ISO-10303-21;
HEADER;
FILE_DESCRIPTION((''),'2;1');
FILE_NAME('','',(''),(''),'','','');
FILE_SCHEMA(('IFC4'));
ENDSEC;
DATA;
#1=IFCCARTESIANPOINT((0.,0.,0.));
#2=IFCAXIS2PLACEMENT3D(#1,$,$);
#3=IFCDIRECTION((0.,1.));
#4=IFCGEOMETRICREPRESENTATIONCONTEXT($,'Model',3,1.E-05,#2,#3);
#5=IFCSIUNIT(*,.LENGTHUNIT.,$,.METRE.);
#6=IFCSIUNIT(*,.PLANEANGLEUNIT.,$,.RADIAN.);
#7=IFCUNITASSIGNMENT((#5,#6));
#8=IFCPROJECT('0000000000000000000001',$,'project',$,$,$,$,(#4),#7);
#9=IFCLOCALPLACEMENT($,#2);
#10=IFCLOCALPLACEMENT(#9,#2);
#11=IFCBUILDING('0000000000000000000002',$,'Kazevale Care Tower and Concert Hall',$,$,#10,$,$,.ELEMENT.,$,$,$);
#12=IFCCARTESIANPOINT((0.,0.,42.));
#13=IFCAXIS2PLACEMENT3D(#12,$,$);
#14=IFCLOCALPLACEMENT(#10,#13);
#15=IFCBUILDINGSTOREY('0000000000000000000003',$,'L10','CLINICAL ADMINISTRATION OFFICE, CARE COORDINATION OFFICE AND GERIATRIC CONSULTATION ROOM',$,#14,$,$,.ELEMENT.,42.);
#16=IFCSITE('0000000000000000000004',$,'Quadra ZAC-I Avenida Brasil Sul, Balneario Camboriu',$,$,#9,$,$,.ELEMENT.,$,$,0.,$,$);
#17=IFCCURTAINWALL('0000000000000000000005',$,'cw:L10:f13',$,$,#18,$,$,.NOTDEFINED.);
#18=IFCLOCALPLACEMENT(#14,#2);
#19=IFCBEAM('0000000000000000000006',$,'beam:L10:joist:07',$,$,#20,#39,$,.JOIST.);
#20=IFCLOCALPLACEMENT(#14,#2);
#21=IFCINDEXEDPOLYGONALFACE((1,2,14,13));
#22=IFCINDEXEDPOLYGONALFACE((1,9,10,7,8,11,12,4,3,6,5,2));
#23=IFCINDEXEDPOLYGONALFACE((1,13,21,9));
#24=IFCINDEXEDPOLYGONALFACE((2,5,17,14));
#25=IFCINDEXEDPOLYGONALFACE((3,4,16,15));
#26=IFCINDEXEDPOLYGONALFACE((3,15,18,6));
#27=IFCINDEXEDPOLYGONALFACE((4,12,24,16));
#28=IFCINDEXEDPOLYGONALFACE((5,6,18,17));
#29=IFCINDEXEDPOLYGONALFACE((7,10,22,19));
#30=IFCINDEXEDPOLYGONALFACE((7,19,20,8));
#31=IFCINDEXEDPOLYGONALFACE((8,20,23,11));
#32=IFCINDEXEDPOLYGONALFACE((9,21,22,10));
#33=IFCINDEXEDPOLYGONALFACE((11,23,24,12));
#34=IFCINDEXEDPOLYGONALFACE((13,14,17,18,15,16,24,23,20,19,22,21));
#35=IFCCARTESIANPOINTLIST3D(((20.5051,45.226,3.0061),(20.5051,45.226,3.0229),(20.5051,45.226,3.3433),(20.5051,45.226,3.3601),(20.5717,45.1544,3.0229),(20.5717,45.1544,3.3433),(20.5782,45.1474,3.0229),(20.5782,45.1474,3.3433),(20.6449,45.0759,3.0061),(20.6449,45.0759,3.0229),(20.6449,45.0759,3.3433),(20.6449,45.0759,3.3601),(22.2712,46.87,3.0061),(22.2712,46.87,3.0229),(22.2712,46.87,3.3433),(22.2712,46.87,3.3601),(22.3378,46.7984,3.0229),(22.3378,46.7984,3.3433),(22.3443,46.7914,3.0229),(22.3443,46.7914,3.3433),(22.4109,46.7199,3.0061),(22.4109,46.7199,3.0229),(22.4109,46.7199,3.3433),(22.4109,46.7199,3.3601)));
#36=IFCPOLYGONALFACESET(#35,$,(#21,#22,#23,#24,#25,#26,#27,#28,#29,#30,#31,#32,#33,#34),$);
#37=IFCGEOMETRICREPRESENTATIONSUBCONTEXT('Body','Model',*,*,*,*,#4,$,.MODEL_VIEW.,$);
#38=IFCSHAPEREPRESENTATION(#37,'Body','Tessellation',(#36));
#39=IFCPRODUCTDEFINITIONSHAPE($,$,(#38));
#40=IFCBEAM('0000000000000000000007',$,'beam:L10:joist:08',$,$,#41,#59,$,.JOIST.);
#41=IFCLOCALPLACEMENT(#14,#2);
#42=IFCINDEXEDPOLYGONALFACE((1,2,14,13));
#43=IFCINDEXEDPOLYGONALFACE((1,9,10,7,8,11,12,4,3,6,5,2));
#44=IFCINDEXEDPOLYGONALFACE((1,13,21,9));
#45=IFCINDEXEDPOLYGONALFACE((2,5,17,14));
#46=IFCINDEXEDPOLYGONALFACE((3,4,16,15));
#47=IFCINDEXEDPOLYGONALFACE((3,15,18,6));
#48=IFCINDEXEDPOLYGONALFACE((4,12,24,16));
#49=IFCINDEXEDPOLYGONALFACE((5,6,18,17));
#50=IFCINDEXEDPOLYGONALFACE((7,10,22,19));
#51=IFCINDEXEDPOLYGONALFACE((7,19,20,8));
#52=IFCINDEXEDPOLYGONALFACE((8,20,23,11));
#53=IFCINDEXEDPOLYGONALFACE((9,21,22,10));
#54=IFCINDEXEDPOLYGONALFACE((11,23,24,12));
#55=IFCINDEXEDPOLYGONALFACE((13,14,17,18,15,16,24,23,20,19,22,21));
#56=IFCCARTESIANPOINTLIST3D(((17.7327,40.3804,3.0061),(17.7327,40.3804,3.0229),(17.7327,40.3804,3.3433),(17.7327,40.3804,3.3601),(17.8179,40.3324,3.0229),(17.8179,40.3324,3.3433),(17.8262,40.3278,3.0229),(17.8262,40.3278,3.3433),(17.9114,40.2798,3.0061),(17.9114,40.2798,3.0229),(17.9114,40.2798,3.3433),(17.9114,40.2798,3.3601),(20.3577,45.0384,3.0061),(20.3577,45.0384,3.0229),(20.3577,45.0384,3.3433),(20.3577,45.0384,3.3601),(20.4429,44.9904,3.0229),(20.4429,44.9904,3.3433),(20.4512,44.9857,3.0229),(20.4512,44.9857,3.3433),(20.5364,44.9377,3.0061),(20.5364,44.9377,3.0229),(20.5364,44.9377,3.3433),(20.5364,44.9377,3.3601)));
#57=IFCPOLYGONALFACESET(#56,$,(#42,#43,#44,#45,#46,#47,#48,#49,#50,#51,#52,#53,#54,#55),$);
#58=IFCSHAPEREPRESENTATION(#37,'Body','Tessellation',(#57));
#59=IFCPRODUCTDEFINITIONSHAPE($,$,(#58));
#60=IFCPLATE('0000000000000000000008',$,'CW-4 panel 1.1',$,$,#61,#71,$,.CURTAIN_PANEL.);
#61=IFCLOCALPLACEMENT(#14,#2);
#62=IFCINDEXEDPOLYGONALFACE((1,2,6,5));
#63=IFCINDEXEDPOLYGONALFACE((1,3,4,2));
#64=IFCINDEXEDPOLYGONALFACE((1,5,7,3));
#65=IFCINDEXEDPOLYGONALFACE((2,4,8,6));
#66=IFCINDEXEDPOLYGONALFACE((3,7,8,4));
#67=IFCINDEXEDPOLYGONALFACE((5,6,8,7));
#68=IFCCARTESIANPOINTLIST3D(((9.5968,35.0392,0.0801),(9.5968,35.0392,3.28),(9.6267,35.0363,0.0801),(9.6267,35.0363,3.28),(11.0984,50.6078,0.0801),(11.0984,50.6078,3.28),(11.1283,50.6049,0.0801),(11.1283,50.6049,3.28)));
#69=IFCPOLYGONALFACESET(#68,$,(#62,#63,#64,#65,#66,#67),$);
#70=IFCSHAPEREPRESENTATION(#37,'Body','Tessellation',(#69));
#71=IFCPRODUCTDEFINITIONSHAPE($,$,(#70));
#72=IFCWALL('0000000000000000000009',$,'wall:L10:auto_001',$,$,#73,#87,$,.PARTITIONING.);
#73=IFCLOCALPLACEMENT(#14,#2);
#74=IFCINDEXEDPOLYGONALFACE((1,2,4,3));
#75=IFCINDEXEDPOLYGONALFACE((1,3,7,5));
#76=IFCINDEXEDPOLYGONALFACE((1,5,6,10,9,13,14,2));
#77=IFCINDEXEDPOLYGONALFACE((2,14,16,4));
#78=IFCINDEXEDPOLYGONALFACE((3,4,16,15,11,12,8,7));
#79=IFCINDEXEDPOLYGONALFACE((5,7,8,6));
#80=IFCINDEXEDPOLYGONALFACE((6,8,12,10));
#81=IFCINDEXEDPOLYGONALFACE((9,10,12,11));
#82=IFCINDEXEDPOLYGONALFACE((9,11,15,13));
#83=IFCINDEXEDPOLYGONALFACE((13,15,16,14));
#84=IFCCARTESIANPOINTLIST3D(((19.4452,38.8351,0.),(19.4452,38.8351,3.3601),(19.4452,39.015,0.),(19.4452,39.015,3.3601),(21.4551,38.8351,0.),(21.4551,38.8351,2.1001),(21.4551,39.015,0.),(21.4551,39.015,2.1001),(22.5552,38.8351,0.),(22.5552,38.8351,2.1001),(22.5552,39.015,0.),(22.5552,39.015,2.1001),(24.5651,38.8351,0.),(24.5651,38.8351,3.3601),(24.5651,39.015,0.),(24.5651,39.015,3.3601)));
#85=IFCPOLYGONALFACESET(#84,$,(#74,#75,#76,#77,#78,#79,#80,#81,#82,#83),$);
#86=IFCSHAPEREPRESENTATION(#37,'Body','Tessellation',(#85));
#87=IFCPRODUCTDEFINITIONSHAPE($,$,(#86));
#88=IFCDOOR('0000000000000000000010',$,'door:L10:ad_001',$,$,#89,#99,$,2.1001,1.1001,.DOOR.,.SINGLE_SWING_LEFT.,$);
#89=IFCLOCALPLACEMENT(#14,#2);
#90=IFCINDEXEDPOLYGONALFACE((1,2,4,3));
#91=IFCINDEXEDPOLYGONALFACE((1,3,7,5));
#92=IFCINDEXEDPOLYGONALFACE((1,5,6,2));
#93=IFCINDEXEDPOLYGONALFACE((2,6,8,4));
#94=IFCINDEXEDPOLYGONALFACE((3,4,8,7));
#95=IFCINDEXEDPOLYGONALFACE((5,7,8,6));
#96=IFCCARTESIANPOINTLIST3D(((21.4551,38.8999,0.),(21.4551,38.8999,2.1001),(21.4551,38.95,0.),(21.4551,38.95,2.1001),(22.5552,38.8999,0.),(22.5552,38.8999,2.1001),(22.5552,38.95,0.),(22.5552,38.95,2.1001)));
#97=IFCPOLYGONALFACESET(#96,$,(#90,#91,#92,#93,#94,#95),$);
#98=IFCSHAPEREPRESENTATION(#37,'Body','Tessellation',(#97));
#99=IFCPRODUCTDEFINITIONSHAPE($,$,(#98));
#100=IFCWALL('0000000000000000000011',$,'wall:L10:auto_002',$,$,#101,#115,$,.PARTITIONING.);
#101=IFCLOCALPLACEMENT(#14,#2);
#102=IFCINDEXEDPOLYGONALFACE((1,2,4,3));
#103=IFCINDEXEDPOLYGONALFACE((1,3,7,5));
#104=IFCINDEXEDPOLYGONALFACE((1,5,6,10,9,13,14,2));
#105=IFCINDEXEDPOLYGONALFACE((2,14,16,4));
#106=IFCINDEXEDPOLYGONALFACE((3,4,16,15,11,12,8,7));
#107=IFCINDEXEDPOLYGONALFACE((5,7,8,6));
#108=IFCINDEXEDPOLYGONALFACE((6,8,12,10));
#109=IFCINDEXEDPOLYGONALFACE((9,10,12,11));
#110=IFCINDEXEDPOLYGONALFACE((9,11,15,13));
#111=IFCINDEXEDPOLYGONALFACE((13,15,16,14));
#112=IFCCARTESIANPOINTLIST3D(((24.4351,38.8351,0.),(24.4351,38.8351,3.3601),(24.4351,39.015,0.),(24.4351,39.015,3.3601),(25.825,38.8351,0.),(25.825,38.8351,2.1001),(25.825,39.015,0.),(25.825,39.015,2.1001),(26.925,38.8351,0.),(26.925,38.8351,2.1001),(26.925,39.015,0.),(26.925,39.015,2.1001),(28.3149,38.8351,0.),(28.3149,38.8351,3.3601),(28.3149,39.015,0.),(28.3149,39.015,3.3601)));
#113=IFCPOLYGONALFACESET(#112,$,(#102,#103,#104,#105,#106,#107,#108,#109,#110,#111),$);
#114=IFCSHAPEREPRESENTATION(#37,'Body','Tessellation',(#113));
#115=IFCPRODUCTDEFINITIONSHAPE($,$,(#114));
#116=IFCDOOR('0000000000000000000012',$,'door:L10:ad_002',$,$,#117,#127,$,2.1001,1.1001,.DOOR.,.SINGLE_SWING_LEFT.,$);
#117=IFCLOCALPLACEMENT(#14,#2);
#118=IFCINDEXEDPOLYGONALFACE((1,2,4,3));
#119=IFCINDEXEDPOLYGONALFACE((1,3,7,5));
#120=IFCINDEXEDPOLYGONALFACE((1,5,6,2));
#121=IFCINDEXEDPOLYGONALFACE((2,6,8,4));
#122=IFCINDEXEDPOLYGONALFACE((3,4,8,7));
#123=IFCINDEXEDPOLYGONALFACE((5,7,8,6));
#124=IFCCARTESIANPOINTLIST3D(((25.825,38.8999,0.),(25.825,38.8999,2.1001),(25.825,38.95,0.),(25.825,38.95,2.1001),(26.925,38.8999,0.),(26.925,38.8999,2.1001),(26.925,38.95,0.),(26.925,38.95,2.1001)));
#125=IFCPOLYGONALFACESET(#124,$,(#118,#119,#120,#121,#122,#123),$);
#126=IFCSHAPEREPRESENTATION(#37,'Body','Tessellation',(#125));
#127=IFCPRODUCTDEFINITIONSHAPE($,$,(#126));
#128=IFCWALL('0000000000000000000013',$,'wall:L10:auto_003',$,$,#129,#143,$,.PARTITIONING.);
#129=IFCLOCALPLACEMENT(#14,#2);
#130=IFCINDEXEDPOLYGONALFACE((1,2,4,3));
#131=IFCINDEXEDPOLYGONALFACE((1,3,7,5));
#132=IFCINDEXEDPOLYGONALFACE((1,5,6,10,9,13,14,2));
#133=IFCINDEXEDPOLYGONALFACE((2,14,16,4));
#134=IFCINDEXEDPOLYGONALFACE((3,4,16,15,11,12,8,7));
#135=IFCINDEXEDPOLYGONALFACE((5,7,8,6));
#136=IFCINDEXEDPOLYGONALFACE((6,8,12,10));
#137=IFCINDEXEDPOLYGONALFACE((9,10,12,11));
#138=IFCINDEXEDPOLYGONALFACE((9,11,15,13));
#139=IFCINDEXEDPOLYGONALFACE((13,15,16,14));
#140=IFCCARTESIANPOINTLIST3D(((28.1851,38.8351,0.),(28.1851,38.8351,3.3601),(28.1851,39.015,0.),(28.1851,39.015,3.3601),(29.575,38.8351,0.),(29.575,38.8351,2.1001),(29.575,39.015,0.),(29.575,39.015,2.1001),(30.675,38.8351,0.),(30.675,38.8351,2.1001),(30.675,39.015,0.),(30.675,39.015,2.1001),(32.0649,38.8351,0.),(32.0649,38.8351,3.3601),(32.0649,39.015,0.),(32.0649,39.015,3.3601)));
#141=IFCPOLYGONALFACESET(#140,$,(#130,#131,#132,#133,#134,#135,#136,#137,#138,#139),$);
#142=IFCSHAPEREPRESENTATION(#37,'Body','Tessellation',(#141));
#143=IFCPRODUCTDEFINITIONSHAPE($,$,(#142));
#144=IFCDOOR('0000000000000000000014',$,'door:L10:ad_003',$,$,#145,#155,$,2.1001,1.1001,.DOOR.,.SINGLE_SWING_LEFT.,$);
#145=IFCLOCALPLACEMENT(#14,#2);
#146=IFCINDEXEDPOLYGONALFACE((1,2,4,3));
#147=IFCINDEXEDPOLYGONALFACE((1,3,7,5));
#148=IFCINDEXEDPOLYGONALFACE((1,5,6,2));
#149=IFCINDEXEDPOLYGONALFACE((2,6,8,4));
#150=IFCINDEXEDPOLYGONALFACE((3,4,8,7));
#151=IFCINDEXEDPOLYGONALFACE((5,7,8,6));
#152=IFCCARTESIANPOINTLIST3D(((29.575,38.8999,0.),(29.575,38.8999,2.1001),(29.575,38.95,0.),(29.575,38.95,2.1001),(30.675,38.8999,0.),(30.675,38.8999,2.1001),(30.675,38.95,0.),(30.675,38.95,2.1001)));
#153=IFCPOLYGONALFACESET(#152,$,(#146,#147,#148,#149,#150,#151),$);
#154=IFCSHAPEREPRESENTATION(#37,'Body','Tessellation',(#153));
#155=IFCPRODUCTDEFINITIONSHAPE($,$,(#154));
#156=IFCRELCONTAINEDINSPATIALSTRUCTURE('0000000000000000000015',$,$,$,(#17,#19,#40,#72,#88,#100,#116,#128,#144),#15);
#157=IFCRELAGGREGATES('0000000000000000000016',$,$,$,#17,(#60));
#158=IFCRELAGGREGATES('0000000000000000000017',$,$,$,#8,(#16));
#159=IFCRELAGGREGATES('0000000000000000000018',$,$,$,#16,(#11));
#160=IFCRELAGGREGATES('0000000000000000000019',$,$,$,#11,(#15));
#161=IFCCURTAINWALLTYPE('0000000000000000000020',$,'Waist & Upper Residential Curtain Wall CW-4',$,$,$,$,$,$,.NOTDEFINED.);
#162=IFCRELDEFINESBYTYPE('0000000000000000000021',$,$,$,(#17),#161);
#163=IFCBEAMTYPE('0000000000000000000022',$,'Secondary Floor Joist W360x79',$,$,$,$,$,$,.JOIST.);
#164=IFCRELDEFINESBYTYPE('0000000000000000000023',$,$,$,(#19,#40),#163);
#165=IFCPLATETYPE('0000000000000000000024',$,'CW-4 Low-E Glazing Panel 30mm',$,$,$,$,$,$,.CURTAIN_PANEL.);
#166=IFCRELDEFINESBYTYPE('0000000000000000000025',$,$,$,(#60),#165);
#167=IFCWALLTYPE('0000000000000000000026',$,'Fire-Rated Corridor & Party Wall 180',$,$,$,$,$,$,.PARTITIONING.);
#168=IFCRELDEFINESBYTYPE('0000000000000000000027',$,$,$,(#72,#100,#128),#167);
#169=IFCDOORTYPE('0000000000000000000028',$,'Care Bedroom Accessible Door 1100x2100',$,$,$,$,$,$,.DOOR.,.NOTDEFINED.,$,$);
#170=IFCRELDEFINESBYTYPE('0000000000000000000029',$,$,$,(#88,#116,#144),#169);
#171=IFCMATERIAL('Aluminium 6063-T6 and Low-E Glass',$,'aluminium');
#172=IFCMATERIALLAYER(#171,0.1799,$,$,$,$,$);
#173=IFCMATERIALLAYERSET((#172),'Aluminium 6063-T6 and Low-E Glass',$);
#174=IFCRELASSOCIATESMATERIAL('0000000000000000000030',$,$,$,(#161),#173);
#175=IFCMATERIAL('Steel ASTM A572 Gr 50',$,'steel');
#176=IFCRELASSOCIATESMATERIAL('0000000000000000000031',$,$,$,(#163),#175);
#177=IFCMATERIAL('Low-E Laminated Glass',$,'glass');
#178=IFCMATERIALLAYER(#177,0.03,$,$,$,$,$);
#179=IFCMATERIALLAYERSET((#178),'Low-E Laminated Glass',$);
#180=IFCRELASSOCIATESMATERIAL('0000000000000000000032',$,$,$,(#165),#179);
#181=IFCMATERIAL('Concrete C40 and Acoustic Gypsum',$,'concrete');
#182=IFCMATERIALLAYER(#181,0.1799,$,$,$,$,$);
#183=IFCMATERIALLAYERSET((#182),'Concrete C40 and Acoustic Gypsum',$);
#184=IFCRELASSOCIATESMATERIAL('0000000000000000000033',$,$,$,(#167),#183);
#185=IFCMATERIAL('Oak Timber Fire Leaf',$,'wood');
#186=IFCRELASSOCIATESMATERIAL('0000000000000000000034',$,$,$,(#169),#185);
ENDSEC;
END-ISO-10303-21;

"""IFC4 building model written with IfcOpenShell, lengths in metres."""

from ifc_helpers import new_model, si_unit, direction, frame, frame_2d, origin, origin_2d, place, context, subcontext, project, spatial, rectangle, i_section, extrude, material, layer, layer_set, material_profile, profile_set, type_object, element, fill, aggregate, save


model = new_model("IFC4")

# Units and contexts
model_context = context("Model", 3, precision=1e-05, world=origin(), true_north=direction((0.0, 1.0)))
body_context = subcontext(model_context, "Body", "Model", "MODEL_VIEW")
ifc_project = project(units=[si_unit("LENGTHUNIT", "METRE"), si_unit("PLANEANGLEUNIT", "RADIAN")], contexts=[model_context])

# Site, building, storey
site_placement = place(None, origin())
site = spatial("IfcSite", under=ifc_project, at=site_placement, Name="Quadra ZAC-I Avenida Brasil Sul, Balneario Camboriu", CompositionType="ELEMENT", RefElevation=0.0)
building_placement = place(site_placement, origin())
building = spatial("IfcBuilding", under=site, at=building_placement, Name="Kazevale Care Tower and Concert Hall", CompositionType="ELEMENT")
storey_placement = place(building_placement, frame((0.0, 0.0, 42.0)))
storey = spatial("IfcBuildingStorey", under=building, at=storey_placement, Name="L10", Description="CLINICAL ADMINISTRATION OFFICE, CARE COORDINATION OFFICE AND GERIATRIC CONSULTATION ROOM", CompositionType="ELEMENT", Elevation=42.0)

# Curtain wall
ifc_material_1 = material(Name="Aluminium 6063-T6 and Low-E Glass", Category="aluminium")
ifc_layer_1 = layer(ifc_material_1, 0.1799)
ifc_layer_set_1 = layer_set([ifc_layer_1], Name="Aluminium 6063-T6 and Low-E Glass")
curtain_wall_type = type_object("IfcCurtainWallType", Name="Waist & Upper Residential Curtain Wall CW-4", PredefinedType="NOTDEFINED", material=ifc_layer_set_1)
curtain_wall_placement = place(storey_placement, origin())
curtain_wall = element("IfcCurtainWall", 1, at=curtain_wall_placement, inside=storey, type_object=curtain_wall_type, Name="cw:L10:f13", PredefinedType="NOTDEFINED")

# Beams
ifc_material_2 = material(Name="Steel ASTM A572 Gr 50", Category="steel")
ifc_material_profile_1 = material_profile(ifc_material_2, i_section(OverallWidth=0.2051, OverallDepth=0.354, WebThickness=0.0095, FlangeThickness=0.0168, at=origin_2d()), Name="W360x79")
ifc_profile_set_1 = profile_set([ifc_material_profile_1], Name="Steel ASTM A572 Gr 50")
beam_type_1 = type_object("IfcBeamType", Name="Secondary Floor Joist W360x79", PredefinedType="JOIST", material=ifc_profile_set_1)
beam_1_placement = place(storey_placement, frame((22.3411, 46.7949, 3.1831), z_axis=(-0.73195, -0.681359, 0.0), x_axis=(0.681359, -0.73195, 0.0)))
element("IfcBeam", 2, at=beam_1_placement, inside=storey, type_object=beam_type_1, Name="beam:L10:joist:07", PredefinedType="JOIST", context=body_context, shape_type="SweptSolid", body=[
    extrude(i_section(OverallWidth=0.2051, OverallDepth=0.354, WebThickness=0.0095, FlangeThickness=0.0168, at=origin_2d()), origin(), (0.0, 0.0, 1.0), 2.4128),
])
beam_2_placement = place(storey_placement, frame((20.447, 44.988, 3.1831), z_axis=(-0.490957, -0.871184, 0.0), x_axis=(0.871184, -0.490957, 0.0)))
element("IfcBeam", 3, at=beam_2_placement, inside=storey, type_object=beam_type_1, Name="beam:L10:joist:08", PredefinedType="JOIST", context=body_context, shape_type="SweptSolid", body=[
    extrude(i_section(OverallWidth=0.2051, OverallDepth=0.354, WebThickness=0.0095, FlangeThickness=0.0168, at=origin_2d()), origin(), (0.0, 0.0, 1.0), 5.3467),
])

# Plate
ifc_material_3 = material(Name="Low-E Laminated Glass", Category="glass")
ifc_layer_2 = layer(ifc_material_3, 0.03)
ifc_layer_set_2 = layer_set([ifc_layer_2], Name="Low-E Laminated Glass")
plate_type = type_object("IfcPlateType", Name="CW-4 Low-E Glazing Panel 30mm", PredefinedType="CURTAIN_PANEL", material=ifc_layer_set_2)
plate_placement = place(storey_placement, frame((10.3625, 42.822, 0.0801), z_axis=(0.0, 0.0, 1.0), x_axis=(0.096007, 0.995381, 0.0)))
plate = element("IfcPlate", 4, at=plate_placement, type_object=plate_type, Name="CW-4 panel 1.1", PredefinedType="CURTAIN_PANEL", context=body_context, shape_type="SweptSolid", body=[
    extrude(rectangle(XDim=15.6409, YDim=0.03, at=origin_2d()), origin(), (0.0, 0.0, 1.0), 3.2),
])
aggregate(curtain_wall, [plate])

# Walls, openings, doors
ifc_material_4 = material(Name="Concrete C40 and Acoustic Gypsum", Category="concrete")
ifc_layer_3 = layer(ifc_material_4, 0.1799)
ifc_layer_set_3 = layer_set([ifc_layer_3], Name="Concrete C40 and Acoustic Gypsum")
wall_type = type_object("IfcWallType", Name="Fire-Rated Corridor & Party Wall 180", PredefinedType="PARTITIONING", material=ifc_layer_set_3)
wall_1_placement = place(storey_placement, frame((19.4451, 38.925, 0.0), z_axis=(0.0, 0.0, 1.0), x_axis=(1.0, 0.0, 0.0)))
wall_1 = element("IfcWall", 5, at=wall_1_placement, inside=storey, type_object=wall_type, Name="wall:L10:auto_001", PredefinedType="PARTITIONING", context=body_context, shape_type="SweptSolid", body=[
    extrude(rectangle(XDim=5.1199, YDim=0.1799, at=frame_2d((2.5601, 0.0))), origin(), (0.0, 0.0, 1.0), 3.3601),
])
opening_1_placement = place(wall_1_placement, frame((2.01, 0.0, 0.0)))
opening_1 = element("IfcOpeningElement", 6, at=opening_1_placement, cuts=wall_1, PredefinedType="OPENING", context=body_context, shape_type="SweptSolid", body=[
    extrude(rectangle(XDim=1.1001, YDim=2.1001, at=frame_2d((0.55, 1.05))), frame((0.0, 0.0999, 0.0), z_axis=(0.0, -1.0, 0.0), x_axis=(1.0, 0.0, 0.0)), (0.0, 0.0, 1.0), 0.2),
])
ifc_material_5 = material(Name="Oak Timber Fire Leaf", Category="wood")
door_type = type_object("IfcDoorType", Name="Care Bedroom Accessible Door 1100x2100", OperationType="NOTDEFINED", PredefinedType="DOOR", material=ifc_material_5)
door_1_placement = place(opening_1_placement, origin())
door_1 = element("IfcDoor", 7, at=door_1_placement, inside=storey, type_object=door_type, Name="door:L10:ad_001", OperationType="SINGLE_SWING_LEFT", OverallHeight=2.1001, OverallWidth=1.1001, PredefinedType="DOOR", context=body_context, shape_type="SweptSolid", body=[
    extrude(rectangle(XDim=1.1001, YDim=2.1001, at=frame_2d((0.55, 1.05))), frame((0.0, 0.0249, 0.0), z_axis=(0.0, -1.0, 0.0), x_axis=(1.0, 0.0, 0.0)), (0.0, 0.0, 1.0), 0.05),
])
fill(opening_1, door_1)
wall_2_placement = place(storey_placement, frame((24.4351, 38.925, 0.0), z_axis=(0.0, 0.0, 1.0), x_axis=(1.0, 0.0, 0.0)))
wall_2 = element("IfcWall", 8, at=wall_2_placement, inside=storey, type_object=wall_type, Name="wall:L10:auto_002", PredefinedType="PARTITIONING", context=body_context, shape_type="SweptSolid", body=[
    extrude(rectangle(XDim=3.8799, YDim=0.1799, at=frame_2d((1.9399, 0.0))), origin(), (0.0, 0.0, 1.0), 3.3601),
])
opening_2_placement = place(wall_2_placement, frame((1.3899, 0.0, 0.0)))
opening_2 = element("IfcOpeningElement", 9, at=opening_2_placement, cuts=wall_2, PredefinedType="OPENING", context=body_context, shape_type="SweptSolid", body=[
    extrude(rectangle(XDim=1.1001, YDim=2.1001, at=frame_2d((0.55, 1.05))), frame((0.0, 0.0999, 0.0), z_axis=(0.0, -1.0, 0.0), x_axis=(1.0, 0.0, 0.0)), (0.0, 0.0, 1.0), 0.2),
])
door_2_placement = place(opening_2_placement, origin())
door_2 = element("IfcDoor", 10, at=door_2_placement, inside=storey, type_object=door_type, Name="door:L10:ad_002", OperationType="SINGLE_SWING_LEFT", OverallHeight=2.1001, OverallWidth=1.1001, PredefinedType="DOOR", context=body_context, shape_type="SweptSolid", body=[
    extrude(rectangle(XDim=1.1001, YDim=2.1001, at=frame_2d((0.55, 1.05))), frame((0.0, 0.0249, 0.0), z_axis=(0.0, -1.0, 0.0), x_axis=(1.0, 0.0, 0.0)), (0.0, 0.0, 1.0), 0.05),
])
fill(opening_2, door_2)
wall_3_placement = place(storey_placement, frame((28.1851, 38.925, 0.0), z_axis=(0.0, 0.0, 1.0), x_axis=(1.0, 0.0, 0.0)))
wall_3 = element("IfcWall", 11, at=wall_3_placement, inside=storey, type_object=wall_type, Name="wall:L10:auto_003", PredefinedType="PARTITIONING", context=body_context, shape_type="SweptSolid", body=[
    extrude(rectangle(XDim=3.8799, YDim=0.1799, at=frame_2d((1.9399, 0.0))), origin(), (0.0, 0.0, 1.0), 3.3601),
])
opening_3_placement = place(wall_3_placement, frame((1.3899, 0.0, 0.0)))
opening_3 = element("IfcOpeningElement", 12, at=opening_3_placement, cuts=wall_3, PredefinedType="OPENING", context=body_context, shape_type="SweptSolid", body=[
    extrude(rectangle(XDim=1.1001, YDim=2.1001, at=frame_2d((0.55, 1.05))), frame((0.0, 0.0999, 0.0), z_axis=(0.0, -1.0, 0.0), x_axis=(1.0, 0.0, 0.0)), (0.0, 0.0, 1.0), 0.2),
])
door_3_placement = place(opening_3_placement, origin())
door_3 = element("IfcDoor", 13, at=door_3_placement, inside=storey, type_object=door_type, Name="door:L10:ad_003", OperationType="SINGLE_SWING_LEFT", OverallHeight=2.1001, OverallWidth=1.1001, PredefinedType="DOOR", context=body_context, shape_type="SweptSolid", body=[
    extrude(rectangle(XDim=1.1001, YDim=2.1001, at=frame_2d((0.55, 1.05))), frame((0.0, 0.0249, 0.0), z_axis=(0.0, -1.0, 0.0), x_axis=(1.0, 0.0, 0.0)), (0.0, 0.0, 1.0), 0.05),
])
fill(opening_3, door_3)

save(model, "model.ifc")
